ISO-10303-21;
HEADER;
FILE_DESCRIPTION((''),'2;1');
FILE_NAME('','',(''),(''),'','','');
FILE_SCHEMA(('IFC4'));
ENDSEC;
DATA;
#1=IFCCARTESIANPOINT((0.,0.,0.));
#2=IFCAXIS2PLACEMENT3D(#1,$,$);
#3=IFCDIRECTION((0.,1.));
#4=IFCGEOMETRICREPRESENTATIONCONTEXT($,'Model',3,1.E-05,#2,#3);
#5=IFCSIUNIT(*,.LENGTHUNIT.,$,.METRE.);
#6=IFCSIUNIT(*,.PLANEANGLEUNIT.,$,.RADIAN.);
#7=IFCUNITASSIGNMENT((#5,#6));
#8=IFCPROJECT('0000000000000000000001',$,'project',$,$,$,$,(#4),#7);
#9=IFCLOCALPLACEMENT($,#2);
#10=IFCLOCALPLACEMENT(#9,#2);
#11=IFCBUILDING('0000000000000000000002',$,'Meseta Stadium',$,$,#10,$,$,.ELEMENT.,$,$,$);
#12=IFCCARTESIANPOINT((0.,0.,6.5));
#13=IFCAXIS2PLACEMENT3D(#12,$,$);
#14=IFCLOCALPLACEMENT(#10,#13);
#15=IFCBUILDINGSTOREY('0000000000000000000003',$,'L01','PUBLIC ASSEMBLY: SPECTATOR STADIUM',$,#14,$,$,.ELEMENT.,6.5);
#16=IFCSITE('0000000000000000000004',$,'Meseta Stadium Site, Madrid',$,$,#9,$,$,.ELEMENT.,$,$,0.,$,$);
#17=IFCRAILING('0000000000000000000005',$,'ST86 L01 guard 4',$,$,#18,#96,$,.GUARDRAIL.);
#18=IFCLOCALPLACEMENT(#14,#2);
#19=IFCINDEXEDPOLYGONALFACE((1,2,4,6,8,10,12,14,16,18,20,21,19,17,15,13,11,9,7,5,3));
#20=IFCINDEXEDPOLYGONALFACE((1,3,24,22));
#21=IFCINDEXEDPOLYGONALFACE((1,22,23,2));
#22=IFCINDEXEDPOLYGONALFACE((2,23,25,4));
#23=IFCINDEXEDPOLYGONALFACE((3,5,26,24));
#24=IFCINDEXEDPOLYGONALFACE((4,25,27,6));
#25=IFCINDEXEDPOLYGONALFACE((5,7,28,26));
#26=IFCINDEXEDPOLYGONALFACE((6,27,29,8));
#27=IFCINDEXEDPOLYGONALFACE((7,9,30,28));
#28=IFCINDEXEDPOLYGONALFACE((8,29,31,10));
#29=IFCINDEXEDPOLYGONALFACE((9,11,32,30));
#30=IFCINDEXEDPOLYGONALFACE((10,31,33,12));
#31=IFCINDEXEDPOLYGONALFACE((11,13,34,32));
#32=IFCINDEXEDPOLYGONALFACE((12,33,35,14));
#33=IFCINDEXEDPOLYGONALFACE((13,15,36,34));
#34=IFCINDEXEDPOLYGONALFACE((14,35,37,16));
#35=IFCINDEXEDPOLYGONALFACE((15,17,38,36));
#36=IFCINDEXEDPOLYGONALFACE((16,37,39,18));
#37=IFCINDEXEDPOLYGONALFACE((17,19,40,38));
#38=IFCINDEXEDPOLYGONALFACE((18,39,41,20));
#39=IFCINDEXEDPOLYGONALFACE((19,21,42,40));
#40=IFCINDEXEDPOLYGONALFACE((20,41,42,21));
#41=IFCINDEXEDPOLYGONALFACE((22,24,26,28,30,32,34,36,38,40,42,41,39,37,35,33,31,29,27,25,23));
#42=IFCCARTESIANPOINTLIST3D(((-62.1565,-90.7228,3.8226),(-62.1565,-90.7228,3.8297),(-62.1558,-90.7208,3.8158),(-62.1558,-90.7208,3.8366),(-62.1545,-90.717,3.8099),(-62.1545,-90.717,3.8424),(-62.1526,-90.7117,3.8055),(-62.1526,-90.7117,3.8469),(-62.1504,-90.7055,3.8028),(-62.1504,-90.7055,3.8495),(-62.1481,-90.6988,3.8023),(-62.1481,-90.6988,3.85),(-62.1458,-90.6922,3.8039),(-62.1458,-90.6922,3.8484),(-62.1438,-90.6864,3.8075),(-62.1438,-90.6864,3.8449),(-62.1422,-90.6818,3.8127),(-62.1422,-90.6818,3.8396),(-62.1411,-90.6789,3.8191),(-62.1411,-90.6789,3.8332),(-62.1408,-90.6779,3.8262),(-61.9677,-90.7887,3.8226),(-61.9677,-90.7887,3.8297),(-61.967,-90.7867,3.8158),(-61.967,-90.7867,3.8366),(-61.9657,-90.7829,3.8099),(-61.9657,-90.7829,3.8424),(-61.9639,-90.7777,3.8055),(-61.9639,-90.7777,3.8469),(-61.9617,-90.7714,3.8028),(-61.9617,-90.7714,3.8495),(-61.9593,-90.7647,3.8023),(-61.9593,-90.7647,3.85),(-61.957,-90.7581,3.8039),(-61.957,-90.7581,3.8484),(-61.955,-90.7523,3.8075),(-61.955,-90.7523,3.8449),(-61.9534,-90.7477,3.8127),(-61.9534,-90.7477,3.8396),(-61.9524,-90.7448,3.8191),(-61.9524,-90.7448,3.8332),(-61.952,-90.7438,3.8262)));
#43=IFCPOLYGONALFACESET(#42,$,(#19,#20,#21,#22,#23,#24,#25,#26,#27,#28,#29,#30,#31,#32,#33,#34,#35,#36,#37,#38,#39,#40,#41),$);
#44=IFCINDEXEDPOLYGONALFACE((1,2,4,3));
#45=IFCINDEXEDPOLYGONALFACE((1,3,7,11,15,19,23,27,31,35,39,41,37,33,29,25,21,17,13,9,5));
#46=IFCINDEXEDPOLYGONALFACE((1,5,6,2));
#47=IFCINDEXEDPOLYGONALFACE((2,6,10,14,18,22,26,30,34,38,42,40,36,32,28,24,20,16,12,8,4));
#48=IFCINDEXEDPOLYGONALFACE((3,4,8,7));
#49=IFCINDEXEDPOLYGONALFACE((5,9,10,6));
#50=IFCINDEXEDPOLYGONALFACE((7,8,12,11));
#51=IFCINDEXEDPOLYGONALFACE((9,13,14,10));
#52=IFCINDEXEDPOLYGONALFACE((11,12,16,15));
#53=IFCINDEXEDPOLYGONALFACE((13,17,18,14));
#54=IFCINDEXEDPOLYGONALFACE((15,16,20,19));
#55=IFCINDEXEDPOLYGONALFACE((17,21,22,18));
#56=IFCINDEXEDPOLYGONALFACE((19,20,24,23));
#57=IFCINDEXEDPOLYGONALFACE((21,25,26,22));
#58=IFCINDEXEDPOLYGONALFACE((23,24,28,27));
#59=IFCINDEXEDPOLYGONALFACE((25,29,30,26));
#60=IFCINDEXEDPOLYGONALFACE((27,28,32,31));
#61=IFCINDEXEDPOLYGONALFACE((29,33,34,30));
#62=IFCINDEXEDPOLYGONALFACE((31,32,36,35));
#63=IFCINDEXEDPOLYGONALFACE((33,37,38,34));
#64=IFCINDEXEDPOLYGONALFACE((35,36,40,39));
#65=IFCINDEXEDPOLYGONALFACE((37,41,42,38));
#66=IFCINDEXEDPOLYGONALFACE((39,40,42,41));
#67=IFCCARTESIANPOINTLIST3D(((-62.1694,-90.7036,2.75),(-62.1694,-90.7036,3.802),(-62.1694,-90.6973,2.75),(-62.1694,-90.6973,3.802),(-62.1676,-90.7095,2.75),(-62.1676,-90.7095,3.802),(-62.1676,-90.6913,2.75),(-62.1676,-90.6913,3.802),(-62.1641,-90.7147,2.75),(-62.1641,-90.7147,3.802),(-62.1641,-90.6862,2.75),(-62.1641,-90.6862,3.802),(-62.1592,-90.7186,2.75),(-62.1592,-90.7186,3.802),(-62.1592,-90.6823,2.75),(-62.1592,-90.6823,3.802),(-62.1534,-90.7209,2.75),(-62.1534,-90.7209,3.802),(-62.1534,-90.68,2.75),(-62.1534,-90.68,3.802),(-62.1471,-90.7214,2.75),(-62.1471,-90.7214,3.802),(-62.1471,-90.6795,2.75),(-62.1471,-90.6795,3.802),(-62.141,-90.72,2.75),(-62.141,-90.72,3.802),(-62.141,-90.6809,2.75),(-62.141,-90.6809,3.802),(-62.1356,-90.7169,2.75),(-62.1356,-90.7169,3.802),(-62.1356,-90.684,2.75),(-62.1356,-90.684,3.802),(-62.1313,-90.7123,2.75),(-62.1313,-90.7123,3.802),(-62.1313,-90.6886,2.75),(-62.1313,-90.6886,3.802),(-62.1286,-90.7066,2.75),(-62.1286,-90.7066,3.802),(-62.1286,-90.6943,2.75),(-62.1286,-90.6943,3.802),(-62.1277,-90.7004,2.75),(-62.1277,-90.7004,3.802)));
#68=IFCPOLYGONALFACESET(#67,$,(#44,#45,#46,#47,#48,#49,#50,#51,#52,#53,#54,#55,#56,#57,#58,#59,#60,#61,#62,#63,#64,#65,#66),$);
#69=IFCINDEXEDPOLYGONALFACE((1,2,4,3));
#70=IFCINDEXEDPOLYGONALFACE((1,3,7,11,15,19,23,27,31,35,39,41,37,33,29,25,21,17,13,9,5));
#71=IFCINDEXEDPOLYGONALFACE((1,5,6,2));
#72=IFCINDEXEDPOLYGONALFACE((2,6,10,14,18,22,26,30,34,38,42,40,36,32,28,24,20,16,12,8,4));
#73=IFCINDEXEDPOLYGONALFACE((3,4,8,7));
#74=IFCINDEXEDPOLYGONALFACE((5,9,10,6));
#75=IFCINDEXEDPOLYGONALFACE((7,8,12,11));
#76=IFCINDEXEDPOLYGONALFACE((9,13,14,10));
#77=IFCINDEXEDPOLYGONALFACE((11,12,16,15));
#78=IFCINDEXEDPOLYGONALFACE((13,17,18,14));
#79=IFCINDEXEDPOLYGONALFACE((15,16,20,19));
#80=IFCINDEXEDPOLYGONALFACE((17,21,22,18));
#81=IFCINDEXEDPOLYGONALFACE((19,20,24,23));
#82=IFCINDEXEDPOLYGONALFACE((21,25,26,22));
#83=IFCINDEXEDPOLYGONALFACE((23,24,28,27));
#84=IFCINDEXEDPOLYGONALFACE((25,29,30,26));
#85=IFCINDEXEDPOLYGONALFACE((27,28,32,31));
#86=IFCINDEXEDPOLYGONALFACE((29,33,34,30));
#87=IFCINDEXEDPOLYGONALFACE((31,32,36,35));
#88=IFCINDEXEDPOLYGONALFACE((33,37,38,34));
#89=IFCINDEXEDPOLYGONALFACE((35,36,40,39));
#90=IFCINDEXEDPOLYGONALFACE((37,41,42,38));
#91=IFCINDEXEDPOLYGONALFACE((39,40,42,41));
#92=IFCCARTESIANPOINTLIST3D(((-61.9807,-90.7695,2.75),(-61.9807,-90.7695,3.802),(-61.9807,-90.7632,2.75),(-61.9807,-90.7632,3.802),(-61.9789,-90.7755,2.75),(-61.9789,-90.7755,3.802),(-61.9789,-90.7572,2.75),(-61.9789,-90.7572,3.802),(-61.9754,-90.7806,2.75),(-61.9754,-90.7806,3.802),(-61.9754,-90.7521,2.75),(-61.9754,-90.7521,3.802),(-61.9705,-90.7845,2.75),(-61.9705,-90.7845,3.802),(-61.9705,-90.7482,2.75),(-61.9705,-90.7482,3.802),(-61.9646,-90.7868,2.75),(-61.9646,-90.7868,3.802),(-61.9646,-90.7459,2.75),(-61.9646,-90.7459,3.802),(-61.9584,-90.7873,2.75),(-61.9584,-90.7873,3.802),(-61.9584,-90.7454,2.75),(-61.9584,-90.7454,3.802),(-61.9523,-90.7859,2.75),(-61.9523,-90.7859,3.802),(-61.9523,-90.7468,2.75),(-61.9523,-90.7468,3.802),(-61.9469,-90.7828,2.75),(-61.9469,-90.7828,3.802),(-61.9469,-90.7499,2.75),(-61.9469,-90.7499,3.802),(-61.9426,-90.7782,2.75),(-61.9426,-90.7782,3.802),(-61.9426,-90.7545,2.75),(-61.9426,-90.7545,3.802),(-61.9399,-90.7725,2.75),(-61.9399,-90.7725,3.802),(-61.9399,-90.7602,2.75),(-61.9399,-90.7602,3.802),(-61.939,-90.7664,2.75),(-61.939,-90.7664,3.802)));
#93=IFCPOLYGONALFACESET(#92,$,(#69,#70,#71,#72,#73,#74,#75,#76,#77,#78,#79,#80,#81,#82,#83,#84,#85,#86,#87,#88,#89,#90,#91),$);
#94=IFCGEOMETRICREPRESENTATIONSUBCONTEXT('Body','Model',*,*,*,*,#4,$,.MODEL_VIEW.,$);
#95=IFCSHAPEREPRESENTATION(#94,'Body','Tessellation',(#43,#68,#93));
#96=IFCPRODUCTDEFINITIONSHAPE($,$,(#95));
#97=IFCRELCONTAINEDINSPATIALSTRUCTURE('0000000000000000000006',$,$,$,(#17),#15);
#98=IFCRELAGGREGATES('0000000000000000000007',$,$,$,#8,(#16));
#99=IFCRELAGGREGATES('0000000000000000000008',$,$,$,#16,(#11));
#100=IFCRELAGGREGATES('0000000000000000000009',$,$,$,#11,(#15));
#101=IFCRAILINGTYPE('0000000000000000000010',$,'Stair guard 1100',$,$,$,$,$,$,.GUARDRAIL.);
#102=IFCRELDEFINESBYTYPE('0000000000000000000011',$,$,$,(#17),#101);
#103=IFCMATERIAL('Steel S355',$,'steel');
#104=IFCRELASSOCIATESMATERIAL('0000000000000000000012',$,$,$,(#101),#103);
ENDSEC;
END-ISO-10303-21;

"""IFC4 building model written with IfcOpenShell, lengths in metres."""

from ifc_helpers import new_model, si_unit, direction, frame, origin, origin_2d, place, context, subcontext, project, spatial, circle, extrude, material, type_object, element, save


model = new_model("IFC4")

# Units and contexts
model_context = context("Model", 3, precision=1e-05, world=origin(), true_north=direction((0.0, 1.0)))
body_context = subcontext(model_context, "Body", "Model", "MODEL_VIEW")
ifc_project = project(units=[si_unit("LENGTHUNIT", "METRE"), si_unit("PLANEANGLEUNIT", "RADIAN")], contexts=[model_context])

# Site, building, storey
site_placement = place(None, origin())
site = spatial("IfcSite", under=ifc_project, at=site_placement, Name="Meseta Stadium Site, Madrid", CompositionType="ELEMENT", RefElevation=0.0)
building_placement = place(site_placement, origin())
building = spatial("IfcBuilding", under=site, at=building_placement, Name="Meseta Stadium", CompositionType="ELEMENT")
storey_placement = place(building_placement, frame((0.0, 0.0, 6.5)))
storey = spatial("IfcBuildingStorey", under=building, at=storey_placement, Name="L01", Description="PUBLIC ASSEMBLY: SPECTATOR STADIUM", CompositionType="ELEMENT", Elevation=6.5)

# Railing
ifc_material_1 = material(Name="Steel S355", Category="steel")
railing_type_1 = type_object("IfcRailingType", Name="Stair guard 1100", PredefinedType="GUARDRAIL", material=ifc_material_1)
railing_1_placement = place(storey_placement, frame((-62.1487, -90.7004, 2.75)))
element("IfcRailing", 1, at=railing_1_placement, inside=storey, type_object=railing_type_1, Name="ST86 L01 guard 4", PredefinedType="GUARDRAIL", context=body_context, shape_type="SweptSolid", body=[
    extrude(circle(Radius=0.0239, at=origin_2d()), frame((0.0, 0.0, 1.0762), z_axis=(0.944068, -0.329752, 0.0), x_axis=(0.329752, 0.944068, 0.0)), (0.0, 0.0, 1.0), 0.2),
    extrude(circle(Radius=0.021, at=origin_2d()), origin(), (0.0, 0.0, 1.0), 1.052),
    extrude(circle(Radius=0.021, at=origin_2d()), frame((0.1887, -0.0659, 0.0)), (0.0, 0.0, 1.0), 1.052),
])

save(model, "model.ifc")
